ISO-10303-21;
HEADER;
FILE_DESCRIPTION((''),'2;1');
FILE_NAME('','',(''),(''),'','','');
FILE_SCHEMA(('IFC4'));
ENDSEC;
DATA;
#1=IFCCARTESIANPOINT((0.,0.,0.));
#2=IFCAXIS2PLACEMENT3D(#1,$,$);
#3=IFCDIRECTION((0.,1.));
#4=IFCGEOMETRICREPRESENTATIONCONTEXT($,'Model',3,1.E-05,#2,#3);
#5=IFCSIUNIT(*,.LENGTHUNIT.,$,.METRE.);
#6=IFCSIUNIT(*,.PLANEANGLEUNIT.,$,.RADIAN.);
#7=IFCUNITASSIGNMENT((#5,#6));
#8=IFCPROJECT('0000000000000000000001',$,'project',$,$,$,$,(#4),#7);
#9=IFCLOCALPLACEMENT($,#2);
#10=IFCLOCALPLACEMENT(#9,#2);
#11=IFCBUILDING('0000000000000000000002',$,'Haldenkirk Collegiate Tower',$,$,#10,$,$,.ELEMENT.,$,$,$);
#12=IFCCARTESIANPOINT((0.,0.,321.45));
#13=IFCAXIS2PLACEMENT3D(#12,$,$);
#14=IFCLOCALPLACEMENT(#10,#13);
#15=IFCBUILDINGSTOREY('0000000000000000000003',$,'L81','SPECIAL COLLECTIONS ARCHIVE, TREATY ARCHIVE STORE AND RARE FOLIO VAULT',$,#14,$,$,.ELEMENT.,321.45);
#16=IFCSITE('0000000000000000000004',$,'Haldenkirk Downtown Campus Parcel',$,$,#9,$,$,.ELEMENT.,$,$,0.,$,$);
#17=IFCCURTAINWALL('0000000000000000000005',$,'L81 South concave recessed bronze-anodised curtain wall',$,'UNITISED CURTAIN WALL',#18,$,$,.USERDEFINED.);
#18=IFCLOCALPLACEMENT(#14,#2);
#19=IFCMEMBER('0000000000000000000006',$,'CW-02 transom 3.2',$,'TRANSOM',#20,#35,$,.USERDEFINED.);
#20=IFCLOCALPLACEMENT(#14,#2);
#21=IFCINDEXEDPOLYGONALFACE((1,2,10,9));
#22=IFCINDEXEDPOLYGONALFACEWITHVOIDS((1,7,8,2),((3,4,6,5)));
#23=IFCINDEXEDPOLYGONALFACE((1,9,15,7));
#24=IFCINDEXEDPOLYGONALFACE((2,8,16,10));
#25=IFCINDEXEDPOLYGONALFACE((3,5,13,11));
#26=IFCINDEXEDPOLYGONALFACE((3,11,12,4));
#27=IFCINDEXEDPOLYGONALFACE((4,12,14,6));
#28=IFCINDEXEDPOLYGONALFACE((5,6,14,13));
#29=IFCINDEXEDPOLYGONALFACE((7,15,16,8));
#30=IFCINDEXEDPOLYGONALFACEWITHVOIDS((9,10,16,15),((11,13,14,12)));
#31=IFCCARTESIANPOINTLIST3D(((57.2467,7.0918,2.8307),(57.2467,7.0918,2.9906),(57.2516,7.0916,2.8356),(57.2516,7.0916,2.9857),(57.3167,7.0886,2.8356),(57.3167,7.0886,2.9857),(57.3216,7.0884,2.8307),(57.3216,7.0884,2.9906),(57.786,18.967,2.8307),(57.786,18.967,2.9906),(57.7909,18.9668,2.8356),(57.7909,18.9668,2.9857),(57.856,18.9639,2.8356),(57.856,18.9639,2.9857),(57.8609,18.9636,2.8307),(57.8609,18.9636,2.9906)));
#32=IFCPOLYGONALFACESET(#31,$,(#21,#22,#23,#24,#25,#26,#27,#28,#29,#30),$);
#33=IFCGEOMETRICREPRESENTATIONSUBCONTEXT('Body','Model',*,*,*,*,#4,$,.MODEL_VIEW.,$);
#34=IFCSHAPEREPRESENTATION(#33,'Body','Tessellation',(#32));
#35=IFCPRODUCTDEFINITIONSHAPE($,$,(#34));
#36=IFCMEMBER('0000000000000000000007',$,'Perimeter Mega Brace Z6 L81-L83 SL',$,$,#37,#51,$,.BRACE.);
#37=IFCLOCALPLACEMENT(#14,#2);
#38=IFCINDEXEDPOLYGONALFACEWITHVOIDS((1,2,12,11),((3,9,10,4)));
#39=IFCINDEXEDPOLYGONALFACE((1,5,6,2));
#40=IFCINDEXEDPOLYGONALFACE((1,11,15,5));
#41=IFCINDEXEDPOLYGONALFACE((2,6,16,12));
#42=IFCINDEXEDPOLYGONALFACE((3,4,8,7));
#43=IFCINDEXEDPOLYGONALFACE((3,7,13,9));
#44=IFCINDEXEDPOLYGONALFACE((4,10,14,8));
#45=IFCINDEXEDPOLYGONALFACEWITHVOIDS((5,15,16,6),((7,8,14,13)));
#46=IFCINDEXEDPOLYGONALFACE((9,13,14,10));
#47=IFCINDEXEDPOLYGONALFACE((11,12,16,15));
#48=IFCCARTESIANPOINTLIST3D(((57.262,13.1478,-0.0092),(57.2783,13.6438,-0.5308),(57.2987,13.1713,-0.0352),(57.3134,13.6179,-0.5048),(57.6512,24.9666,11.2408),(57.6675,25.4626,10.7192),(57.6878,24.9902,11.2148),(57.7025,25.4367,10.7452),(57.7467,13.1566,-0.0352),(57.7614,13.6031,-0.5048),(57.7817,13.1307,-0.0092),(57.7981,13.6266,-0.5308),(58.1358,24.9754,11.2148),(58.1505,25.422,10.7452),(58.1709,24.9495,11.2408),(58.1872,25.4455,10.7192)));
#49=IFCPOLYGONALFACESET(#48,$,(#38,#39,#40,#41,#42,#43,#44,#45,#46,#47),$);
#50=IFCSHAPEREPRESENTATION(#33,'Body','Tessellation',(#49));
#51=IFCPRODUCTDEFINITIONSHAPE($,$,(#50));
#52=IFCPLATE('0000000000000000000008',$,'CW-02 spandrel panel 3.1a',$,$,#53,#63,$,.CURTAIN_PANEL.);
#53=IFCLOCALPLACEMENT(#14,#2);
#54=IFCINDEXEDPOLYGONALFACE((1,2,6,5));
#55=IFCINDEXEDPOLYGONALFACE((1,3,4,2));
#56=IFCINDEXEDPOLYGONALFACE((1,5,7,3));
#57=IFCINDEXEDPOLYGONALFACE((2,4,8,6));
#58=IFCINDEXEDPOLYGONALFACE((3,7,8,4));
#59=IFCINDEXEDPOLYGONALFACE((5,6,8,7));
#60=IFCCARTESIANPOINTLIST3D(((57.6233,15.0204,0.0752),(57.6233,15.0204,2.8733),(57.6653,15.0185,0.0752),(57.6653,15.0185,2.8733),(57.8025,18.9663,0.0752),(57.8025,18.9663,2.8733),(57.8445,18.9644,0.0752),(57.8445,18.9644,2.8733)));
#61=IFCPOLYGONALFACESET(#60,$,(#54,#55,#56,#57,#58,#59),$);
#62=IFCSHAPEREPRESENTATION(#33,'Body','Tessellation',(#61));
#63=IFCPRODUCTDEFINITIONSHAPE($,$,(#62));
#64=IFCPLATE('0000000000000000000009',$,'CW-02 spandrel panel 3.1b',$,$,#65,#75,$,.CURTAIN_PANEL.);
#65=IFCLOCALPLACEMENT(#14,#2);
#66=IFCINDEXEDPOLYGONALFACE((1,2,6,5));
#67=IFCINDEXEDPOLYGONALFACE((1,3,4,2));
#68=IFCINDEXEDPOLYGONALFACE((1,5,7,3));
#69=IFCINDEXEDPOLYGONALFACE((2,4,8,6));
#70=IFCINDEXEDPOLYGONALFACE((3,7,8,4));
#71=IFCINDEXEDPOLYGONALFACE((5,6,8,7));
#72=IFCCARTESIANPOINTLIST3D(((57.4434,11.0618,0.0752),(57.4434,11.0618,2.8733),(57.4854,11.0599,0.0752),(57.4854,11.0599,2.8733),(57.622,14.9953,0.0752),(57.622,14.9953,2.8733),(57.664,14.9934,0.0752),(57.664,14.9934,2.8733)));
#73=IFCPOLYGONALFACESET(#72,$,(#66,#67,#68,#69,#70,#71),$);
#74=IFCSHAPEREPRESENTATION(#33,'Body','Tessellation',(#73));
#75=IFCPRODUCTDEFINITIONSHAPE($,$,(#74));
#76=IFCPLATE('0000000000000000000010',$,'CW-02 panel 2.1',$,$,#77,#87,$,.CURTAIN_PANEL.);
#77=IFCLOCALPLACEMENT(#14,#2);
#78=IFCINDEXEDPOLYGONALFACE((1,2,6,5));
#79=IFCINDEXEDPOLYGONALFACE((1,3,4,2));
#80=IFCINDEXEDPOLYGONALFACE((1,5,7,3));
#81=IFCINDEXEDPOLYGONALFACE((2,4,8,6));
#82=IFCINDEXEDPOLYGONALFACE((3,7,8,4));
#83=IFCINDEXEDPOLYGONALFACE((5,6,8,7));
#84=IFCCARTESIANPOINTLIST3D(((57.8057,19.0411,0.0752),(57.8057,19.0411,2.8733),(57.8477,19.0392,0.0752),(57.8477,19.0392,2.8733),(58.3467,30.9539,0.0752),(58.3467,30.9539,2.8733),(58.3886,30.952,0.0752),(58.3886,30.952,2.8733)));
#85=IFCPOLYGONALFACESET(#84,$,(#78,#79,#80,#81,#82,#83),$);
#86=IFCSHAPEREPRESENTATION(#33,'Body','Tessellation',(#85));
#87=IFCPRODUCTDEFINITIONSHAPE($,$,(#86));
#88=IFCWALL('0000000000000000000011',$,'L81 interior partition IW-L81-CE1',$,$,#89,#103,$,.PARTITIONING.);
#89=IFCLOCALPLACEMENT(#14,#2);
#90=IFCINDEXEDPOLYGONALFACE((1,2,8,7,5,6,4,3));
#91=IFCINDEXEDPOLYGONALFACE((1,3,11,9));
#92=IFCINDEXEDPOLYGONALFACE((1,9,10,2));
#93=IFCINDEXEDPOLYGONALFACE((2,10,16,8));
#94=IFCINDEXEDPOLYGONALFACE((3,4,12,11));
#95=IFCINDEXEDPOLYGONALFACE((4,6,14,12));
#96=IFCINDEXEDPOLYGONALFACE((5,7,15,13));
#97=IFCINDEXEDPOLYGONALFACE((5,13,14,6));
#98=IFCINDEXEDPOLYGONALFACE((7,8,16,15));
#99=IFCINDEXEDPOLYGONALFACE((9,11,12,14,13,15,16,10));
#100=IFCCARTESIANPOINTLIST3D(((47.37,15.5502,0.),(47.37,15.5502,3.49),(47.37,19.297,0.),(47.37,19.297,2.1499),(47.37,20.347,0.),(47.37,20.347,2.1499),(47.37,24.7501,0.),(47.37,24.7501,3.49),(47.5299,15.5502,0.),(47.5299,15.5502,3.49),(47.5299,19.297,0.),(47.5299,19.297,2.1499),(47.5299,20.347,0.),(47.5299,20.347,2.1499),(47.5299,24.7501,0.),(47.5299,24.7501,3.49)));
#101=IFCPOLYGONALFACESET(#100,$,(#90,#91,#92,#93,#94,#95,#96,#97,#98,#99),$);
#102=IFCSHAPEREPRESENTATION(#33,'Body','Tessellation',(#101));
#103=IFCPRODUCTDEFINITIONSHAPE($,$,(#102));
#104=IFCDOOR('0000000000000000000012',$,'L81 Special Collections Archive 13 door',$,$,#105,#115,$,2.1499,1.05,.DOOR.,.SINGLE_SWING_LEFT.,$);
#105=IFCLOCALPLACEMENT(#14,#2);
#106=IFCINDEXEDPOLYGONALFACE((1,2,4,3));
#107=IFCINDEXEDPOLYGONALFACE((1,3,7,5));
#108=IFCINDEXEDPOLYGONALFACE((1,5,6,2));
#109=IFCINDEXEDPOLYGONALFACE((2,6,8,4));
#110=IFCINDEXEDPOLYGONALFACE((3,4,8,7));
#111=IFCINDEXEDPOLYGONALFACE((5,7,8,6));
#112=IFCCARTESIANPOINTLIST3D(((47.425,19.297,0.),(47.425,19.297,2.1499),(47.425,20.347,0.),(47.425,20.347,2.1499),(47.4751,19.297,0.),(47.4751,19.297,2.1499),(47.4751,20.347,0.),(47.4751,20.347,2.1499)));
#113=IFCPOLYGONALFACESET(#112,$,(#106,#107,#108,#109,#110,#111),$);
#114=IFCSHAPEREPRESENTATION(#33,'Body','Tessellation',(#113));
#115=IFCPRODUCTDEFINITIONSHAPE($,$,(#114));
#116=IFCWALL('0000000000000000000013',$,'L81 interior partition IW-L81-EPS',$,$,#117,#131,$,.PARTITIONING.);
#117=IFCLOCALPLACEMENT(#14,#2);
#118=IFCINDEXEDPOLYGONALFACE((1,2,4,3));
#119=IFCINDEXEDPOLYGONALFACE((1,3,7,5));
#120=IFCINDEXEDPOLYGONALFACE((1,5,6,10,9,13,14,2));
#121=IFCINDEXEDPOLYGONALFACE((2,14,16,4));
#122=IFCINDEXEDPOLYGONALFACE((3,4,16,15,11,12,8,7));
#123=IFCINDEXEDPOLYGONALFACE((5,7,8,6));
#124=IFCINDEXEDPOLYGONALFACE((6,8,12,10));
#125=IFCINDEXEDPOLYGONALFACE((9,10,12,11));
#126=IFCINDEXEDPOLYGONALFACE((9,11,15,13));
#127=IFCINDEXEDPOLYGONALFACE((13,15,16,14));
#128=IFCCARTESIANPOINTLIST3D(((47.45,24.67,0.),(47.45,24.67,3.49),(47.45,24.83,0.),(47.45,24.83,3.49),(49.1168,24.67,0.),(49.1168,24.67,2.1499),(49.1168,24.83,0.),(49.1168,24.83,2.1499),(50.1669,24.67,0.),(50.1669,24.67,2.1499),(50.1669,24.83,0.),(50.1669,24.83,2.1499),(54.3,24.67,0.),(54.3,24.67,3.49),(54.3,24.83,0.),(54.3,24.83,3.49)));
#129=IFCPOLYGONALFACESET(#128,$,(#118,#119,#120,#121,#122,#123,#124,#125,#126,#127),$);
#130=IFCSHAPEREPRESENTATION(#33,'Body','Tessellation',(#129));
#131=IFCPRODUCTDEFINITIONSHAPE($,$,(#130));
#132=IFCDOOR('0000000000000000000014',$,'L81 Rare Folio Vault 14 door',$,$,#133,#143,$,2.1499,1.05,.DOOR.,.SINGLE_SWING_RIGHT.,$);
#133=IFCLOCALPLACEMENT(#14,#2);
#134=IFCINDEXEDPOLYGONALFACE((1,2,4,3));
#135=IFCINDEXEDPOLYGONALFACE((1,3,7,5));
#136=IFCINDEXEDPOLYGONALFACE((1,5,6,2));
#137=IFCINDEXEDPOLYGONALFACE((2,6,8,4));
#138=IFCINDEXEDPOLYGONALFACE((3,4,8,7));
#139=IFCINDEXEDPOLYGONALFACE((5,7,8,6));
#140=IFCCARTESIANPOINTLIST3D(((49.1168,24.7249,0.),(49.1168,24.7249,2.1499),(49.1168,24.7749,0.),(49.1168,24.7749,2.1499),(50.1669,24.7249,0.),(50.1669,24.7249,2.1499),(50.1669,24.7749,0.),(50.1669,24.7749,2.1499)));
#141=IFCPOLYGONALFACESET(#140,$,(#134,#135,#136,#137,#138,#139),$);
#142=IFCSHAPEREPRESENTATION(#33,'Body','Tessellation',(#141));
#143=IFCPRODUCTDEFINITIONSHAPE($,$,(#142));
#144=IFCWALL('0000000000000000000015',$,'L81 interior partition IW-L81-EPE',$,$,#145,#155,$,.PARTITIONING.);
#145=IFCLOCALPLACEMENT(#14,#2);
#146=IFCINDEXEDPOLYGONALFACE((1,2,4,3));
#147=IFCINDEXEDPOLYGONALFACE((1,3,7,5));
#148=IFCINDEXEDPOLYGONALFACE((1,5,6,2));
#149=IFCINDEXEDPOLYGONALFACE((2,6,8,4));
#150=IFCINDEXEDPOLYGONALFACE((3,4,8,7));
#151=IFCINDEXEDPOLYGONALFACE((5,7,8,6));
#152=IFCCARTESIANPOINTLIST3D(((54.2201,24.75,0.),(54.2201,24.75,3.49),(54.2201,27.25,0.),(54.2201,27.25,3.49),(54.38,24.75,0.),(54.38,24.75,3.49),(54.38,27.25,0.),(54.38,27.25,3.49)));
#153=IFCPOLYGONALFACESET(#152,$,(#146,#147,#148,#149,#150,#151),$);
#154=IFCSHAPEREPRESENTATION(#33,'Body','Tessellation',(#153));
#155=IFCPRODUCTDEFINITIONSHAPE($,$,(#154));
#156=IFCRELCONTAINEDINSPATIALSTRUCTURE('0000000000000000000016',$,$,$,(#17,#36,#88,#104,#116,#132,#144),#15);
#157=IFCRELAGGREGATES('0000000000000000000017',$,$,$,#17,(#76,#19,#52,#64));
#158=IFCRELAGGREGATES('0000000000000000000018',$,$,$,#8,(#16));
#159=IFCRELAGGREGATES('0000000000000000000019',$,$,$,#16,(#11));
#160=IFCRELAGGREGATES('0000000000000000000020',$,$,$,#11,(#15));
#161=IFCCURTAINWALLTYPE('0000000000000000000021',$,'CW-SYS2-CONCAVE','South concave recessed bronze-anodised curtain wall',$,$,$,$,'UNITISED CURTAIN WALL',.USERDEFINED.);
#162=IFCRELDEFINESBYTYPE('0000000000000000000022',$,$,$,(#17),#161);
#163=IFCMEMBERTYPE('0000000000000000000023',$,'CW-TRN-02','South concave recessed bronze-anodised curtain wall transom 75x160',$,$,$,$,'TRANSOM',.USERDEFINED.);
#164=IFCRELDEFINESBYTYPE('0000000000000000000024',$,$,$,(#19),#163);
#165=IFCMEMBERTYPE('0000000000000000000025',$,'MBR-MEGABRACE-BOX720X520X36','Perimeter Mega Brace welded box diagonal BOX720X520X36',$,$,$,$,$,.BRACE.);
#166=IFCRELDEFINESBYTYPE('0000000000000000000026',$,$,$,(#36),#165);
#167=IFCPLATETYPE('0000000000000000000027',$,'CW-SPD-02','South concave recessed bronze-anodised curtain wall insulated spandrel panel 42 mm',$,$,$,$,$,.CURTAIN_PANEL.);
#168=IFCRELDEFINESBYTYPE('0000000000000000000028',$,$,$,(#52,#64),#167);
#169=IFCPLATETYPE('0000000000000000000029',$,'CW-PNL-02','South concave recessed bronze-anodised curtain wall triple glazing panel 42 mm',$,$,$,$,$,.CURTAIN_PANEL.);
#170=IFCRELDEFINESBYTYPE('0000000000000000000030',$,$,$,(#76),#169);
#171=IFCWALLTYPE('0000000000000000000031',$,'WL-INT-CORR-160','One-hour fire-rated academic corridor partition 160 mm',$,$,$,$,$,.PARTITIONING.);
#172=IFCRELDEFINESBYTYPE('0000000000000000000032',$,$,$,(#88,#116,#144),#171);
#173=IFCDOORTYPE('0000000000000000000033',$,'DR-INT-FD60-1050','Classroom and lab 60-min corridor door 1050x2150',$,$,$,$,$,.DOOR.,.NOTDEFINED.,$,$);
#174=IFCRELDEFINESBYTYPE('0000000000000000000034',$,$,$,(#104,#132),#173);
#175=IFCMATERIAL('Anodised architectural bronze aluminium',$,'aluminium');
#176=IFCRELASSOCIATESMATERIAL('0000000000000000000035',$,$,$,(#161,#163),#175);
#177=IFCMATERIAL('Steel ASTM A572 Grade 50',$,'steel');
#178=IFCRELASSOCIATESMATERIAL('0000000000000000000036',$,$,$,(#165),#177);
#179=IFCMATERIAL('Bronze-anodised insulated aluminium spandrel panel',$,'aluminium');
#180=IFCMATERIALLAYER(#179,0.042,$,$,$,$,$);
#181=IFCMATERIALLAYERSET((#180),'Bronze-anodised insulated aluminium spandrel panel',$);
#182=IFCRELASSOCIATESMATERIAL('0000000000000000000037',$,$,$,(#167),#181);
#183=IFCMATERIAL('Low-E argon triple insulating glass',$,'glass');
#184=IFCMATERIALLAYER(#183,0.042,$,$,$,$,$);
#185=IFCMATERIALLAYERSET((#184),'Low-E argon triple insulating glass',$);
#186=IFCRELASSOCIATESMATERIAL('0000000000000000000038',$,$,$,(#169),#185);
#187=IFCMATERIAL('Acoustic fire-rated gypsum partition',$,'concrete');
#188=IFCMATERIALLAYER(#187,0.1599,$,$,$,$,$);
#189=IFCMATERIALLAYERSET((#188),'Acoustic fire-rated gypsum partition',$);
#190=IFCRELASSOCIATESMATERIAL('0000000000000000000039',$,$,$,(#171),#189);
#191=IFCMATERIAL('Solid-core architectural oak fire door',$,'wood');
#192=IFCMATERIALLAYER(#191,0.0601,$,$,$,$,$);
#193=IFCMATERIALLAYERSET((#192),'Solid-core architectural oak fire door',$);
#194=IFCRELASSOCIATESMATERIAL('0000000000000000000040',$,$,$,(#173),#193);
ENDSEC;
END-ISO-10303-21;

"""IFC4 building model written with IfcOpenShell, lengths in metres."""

from ifc_helpers import new_model, si_unit, direction, frame, frame_2d, origin, origin_2d, place, context, subcontext, project, spatial, rectangle, hollow_rectangle, extrude, source, transform, mapped, material, layer, layer_set, material_profile, profile_set, type_object, element, fill, aggregate, save


model = new_model("IFC4")

# Units and contexts
model_context = context("Model", 3, precision=1e-05, world=origin(), true_north=direction((0.0, 1.0)))
body_context = subcontext(model_context, "Body", "Model", "MODEL_VIEW")
ifc_project = project(units=[si_unit("LENGTHUNIT", "METRE"), si_unit("PLANEANGLEUNIT", "RADIAN")], contexts=[model_context])

# Site, building, storey
site_placement = place(None, origin())
site = spatial("IfcSite", under=ifc_project, at=site_placement, Name="Haldenkirk Downtown Campus Parcel", CompositionType="ELEMENT", RefElevation=0.0)
building_placement = place(site_placement, origin())
building = spatial("IfcBuilding", under=site, at=building_placement, Name="Haldenkirk Collegiate Tower", CompositionType="ELEMENT")
storey_placement = place(building_placement, frame((0.0, 0.0, 321.45)))
storey = spatial("IfcBuildingStorey", under=building, at=storey_placement, Name="L81", Description="SPECIAL COLLECTIONS ARCHIVE, TREATY ARCHIVE STORE AND RARE FOLIO VAULT", CompositionType="ELEMENT", Elevation=321.45)

# Curtain wall, member
ifc_material_1 = material(Name="Anodised architectural bronze aluminium", Category="aluminium")
curtain_wall_type = type_object("IfcCurtainWallType", Name="CW-SYS2-CONCAVE", Description="South concave recessed bronze-anodised curtain wall", ElementType="UNITISED CURTAIN WALL", PredefinedType="USERDEFINED", material=ifc_material_1)
curtain_wall_placement = place(storey_placement, origin())
curtain_wall = element("IfcCurtainWall", 1, at=curtain_wall_placement, inside=storey, type_object=curtain_wall_type, Name="L81 South concave recessed bronze-anodised curtain wall", ObjectType="UNITISED CURTAIN WALL", PredefinedType="USERDEFINED")
ifc_material_profile_1 = material_profile(ifc_material_1, hollow_rectangle(XDim=0.075, YDim=0.1599, WallThickness=0.0049, at=origin_2d()), Name="CW-TRN-02")
ifc_profile_set_1 = profile_set([ifc_material_profile_1], Name="Anodised architectural bronze aluminium")
member_type_1 = type_object("IfcMemberType", Name="CW-TRN-02", Description="South concave recessed bronze-anodised curtain wall transom 75x160", ElementType="TRANSOM", PredefinedType="USERDEFINED", material=ifc_profile_set_1)
member_1_placement = place(storey_placement, frame((57.8235, 18.9653, 2.9106), z_axis=(-0.045368, -0.99897, 0.0), x_axis=(0.99897, -0.045368, 0.0)))
member_1 = element("IfcMember", 2, at=member_1_placement, type_object=member_type_1, Name="CW-02 transom 3.2", ObjectType="TRANSOM", PredefinedType="USERDEFINED", context=body_context, shape_type="SweptSolid", body=[
    extrude(hollow_rectangle(XDim=0.075, YDim=0.1599, WallThickness=0.0049, at=origin_2d()), origin(), (0.0, 0.0, 1.0), 11.8875),
])

# Member
ifc_material_2 = material(Name="Steel ASTM A572 Grade 50", Category="steel")
ifc_material_profile_2 = material_profile(ifc_material_2, hollow_rectangle(XDim=0.52, YDim=0.72, WallThickness=0.0359, at=origin_2d()), Name="BOX720X520X36")
ifc_profile_set_2 = profile_set([ifc_material_profile_2], Name="Steel ASTM A572 Grade 50")
member_type_2 = type_object("IfcMemberType", Name="MBR-MEGABRACE-BOX720X520X36", Description="Perimeter Mega Brace welded box diagonal BOX720X520X36", PredefinedType="BRACE", material=ifc_profile_set_2)
member_2_placement = place(storey_placement, frame((57.53, 13.3872, -0.27), z_axis=(0.023843, 0.724117, 0.689265), x_axis=(-0.999458, 0.032909, 0.0)))
element("IfcMember", 3, at=member_2_placement, inside=storey, type_object=member_type_2, Name="Perimeter Mega Brace Z6 L81-L83 SL", PredefinedType="BRACE", context=body_context, shape_type="SweptSolid", body=[
    extrude(hollow_rectangle(XDim=0.52, YDim=0.72, WallThickness=0.0359, at=origin_2d()), origin(), (0.0, 0.0, 1.0), 16.3218),
])

# Plates
ifc_material_3 = material(Name="Bronze-anodised insulated aluminium spandrel panel", Category="aluminium")
ifc_layer_1 = layer(ifc_material_3, 0.042)
ifc_layer_set_1 = layer_set([ifc_layer_1], Name="Bronze-anodised insulated aluminium spandrel panel")
plate_type_1 = type_object("IfcPlateType", Name="CW-SPD-02", Description="South concave recessed bronze-anodised curtain wall insulated spandrel panel 42 mm", PredefinedType="CURTAIN_PANEL", material=ifc_layer_set_1)
shared_shape_1 = source(origin(), body_context, "Body", "SweptSolid", [
    extrude(rectangle(XDim=3.95, YDim=0.042, at=origin_2d()), origin(), (0.0, 0.0, 1.0), 2.7981),
])
plate_1_placement = place(storey_placement, frame((57.7339, 16.9924, 0.0752), z_axis=(0.0, 0.0, 1.0), x_axis=(-0.045364, -0.998971, 0.0)))
plate_1 = element("IfcPlate", 4, at=plate_1_placement, type_object=plate_type_1, Name="CW-02 spandrel panel 3.1a", PredefinedType="CURTAIN_PANEL", context=body_context, shape_type="MappedRepresentation", body=[
    mapped(shared_shape_1, transform((0.0, 0.0, 0.0), x_axis=(1.0, 0.0, 0.0), y_axis=(0.0, 1.0, 0.0), z_axis=(0.0, 0.0, 1.0), scale=1.0)),
])
shared_shape_2 = source(origin(), body_context, "Body", "SweptSolid", [
    extrude(rectangle(XDim=3.9375, YDim=0.042, at=origin_2d()), origin(), (0.0, 0.0, 1.0), 2.7981),
])
plate_2_placement = place(storey_placement, frame((57.5537, 13.0276, 0.0752), z_axis=(0.0, 0.0, 1.0), x_axis=(-0.045364, -0.998971, 0.0)))
plate_2 = element("IfcPlate", 5, at=plate_2_placement, type_object=plate_type_1, Name="CW-02 spandrel panel 3.1b", PredefinedType="CURTAIN_PANEL", context=body_context, shape_type="MappedRepresentation", body=[
    mapped(shared_shape_2, transform((0.0, 0.0, 0.0), x_axis=(1.0, 0.0, 0.0), y_axis=(0.0, 1.0, 0.0), z_axis=(0.0, 0.0, 1.0), scale=1.0)),
])
ifc_material_4 = material(Name="Low-E argon triple insulating glass", Category="glass")
ifc_layer_2 = layer(ifc_material_4, 0.042)
ifc_layer_set_2 = layer_set([ifc_layer_2], Name="Low-E argon triple insulating glass")
plate_type_2 = type_object("IfcPlateType", Name="CW-PNL-02", Description="South concave recessed bronze-anodised curtain wall triple glazing panel 42 mm", PredefinedType="CURTAIN_PANEL", material=ifc_layer_set_2)
shared_shape_3 = source(origin(), body_context, "Body", "SweptSolid", [
    extrude(rectangle(XDim=11.925, YDim=0.042, at=origin_2d()), origin(), (0.0, 0.0, 1.0), 2.7981),
])
plate_3_placement = place(storey_placement, frame((58.0972, 24.9966, 0.0752), z_axis=(0.0, 0.0, 1.0), x_axis=(-0.045364, -0.998971, 0.0)))
plate_3 = element("IfcPlate", 6, at=plate_3_placement, type_object=plate_type_2, Name="CW-02 panel 2.1", PredefinedType="CURTAIN_PANEL", context=body_context, shape_type="MappedRepresentation", body=[
    mapped(shared_shape_3, transform((0.0, 0.0, 0.0), x_axis=(1.0, 0.0, 0.0), y_axis=(0.0, 1.0, 0.0), z_axis=(0.0, 0.0, 1.0), scale=1.0)),
])
aggregate(curtain_wall, [plate_3, member_1, plate_1, plate_2])

# Walls, openings, doors
ifc_material_5 = material(Name="Acoustic fire-rated gypsum partition", Category="concrete")
ifc_layer_3 = layer(ifc_material_5, 0.1599)
ifc_layer_set_3 = layer_set([ifc_layer_3], Name="Acoustic fire-rated gypsum partition")
wall_type_1 = type_object("IfcWallType", Name="WL-INT-CORR-160", Description="One-hour fire-rated academic corridor partition 160 mm", PredefinedType="PARTITIONING", material=ifc_layer_set_3)
wall_1_placement = place(storey_placement, frame((47.45, 15.55, 0.0), z_axis=(0.0, 0.0, 1.0), x_axis=(0.0, 1.0, 0.0)))
wall_1 = element("IfcWall", 7, at=wall_1_placement, inside=storey, type_object=wall_type_1, Name="L81 interior partition IW-L81-CE1", PredefinedType="PARTITIONING", context=body_context, shape_type="SweptSolid", body=[
    extrude(rectangle(XDim=9.2, YDim=0.1599, at=frame_2d((4.6001, 0.0))), origin(), (0.0, 0.0, 1.0), 3.49),
])
opening_1_placement = place(wall_1_placement, frame((3.7471, 0.0, 0.0)))
opening_1 = element("IfcOpeningElement", 8, at=opening_1_placement, cuts=wall_1, PredefinedType="OPENING", context=body_context, shape_type="SweptSolid", body=[
    extrude(rectangle(XDim=1.05, YDim=2.1499, at=frame_2d((0.5249, 1.075))), frame((0.0, 0.0898, 0.0), z_axis=(0.0, -1.0, 0.0), x_axis=(1.0, 0.0, 0.0)), (0.0, 0.0, 1.0), 0.1799),
])
ifc_material_6 = material(Name="Solid-core architectural oak fire door", Category="wood")
ifc_layer_4 = layer(ifc_material_6, 0.0601)
ifc_layer_set_4 = layer_set([ifc_layer_4], Name="Solid-core architectural oak fire door")
door_type_1 = type_object("IfcDoorType", Name="DR-INT-FD60-1050", Description="Classroom and lab 60-min corridor door 1050x2150", OperationType="NOTDEFINED", PredefinedType="DOOR", material=ifc_layer_set_4)
door_1_placement = place(opening_1_placement, origin())
door_1 = element("IfcDoor", 9, at=door_1_placement, inside=storey, type_object=door_type_1, Name="L81 Special Collections Archive 13 door", OperationType="SINGLE_SWING_LEFT", OverallHeight=2.1499, OverallWidth=1.05, PredefinedType="DOOR", context=body_context, shape_type="SweptSolid", body=[
    extrude(rectangle(XDim=1.05, YDim=2.1499, at=frame_2d((0.5249, 1.075))), frame((0.0, 0.0249, 0.0), z_axis=(0.0, -1.0, 0.0), x_axis=(1.0, 0.0, 0.0)), (0.0, 0.0, 1.0), 0.05),
])
fill(opening_1, door_1)
wall_2_placement = place(storey_placement, frame((47.45, 24.75, 0.0), z_axis=(0.0, 0.0, 1.0), x_axis=(1.0, 0.0, 0.0)))
wall_2 = element("IfcWall", 10, at=wall_2_placement, inside=storey, type_object=wall_type_1, Name="L81 interior partition IW-L81-EPS", PredefinedType="PARTITIONING", context=body_context, shape_type="SweptSolid", body=[
    extrude(rectangle(XDim=6.8501, YDim=0.1599, at=frame_2d((3.425, 0.0))), origin(), (0.0, 0.0, 1.0), 3.49),
])
opening_2_placement = place(wall_2_placement, frame((1.667, 0.0, 0.0)))
opening_2 = element("IfcOpeningElement", 11, at=opening_2_placement, cuts=wall_2, PredefinedType="OPENING", context=body_context, shape_type="SweptSolid", body=[
    extrude(rectangle(XDim=1.05, YDim=2.1499, at=frame_2d((0.5249, 1.075))), frame((0.0, 0.0898, 0.0), z_axis=(0.0, -1.0, 0.0), x_axis=(1.0, 0.0, 0.0)), (0.0, 0.0, 1.0), 0.1799),
])
door_2_placement = place(opening_2_placement, origin())
door_2 = element("IfcDoor", 12, at=door_2_placement, inside=storey, type_object=door_type_1, Name="L81 Rare Folio Vault 14 door", OperationType="SINGLE_SWING_RIGHT", OverallHeight=2.1499, OverallWidth=1.05, PredefinedType="DOOR", context=body_context, shape_type="SweptSolid", body=[
    extrude(rectangle(XDim=1.05, YDim=2.1499, at=frame_2d((0.5249, 1.075))), frame((0.0, 0.0249, 0.0), z_axis=(0.0, -1.0, 0.0), x_axis=(1.0, 0.0, 0.0)), (0.0, 0.0, 1.0), 0.05),
])
fill(opening_2, door_2)

# Wall
wall_3_placement = place(storey_placement, frame((54.3, 24.75, 0.0), z_axis=(0.0, 0.0, 1.0), x_axis=(0.0, 1.0, 0.0)))
element("IfcWall", 13, at=wall_3_placement, inside=storey, type_object=wall_type_1, Name="L81 interior partition IW-L81-EPE", PredefinedType="PARTITIONING", context=body_context, shape_type="SweptSolid", body=[
    extrude(rectangle(XDim=2.5, YDim=0.1599, at=frame_2d((1.25, 0.0))), origin(), (0.0, 0.0, 1.0), 3.49),
])

save(model, "model.ifc")
